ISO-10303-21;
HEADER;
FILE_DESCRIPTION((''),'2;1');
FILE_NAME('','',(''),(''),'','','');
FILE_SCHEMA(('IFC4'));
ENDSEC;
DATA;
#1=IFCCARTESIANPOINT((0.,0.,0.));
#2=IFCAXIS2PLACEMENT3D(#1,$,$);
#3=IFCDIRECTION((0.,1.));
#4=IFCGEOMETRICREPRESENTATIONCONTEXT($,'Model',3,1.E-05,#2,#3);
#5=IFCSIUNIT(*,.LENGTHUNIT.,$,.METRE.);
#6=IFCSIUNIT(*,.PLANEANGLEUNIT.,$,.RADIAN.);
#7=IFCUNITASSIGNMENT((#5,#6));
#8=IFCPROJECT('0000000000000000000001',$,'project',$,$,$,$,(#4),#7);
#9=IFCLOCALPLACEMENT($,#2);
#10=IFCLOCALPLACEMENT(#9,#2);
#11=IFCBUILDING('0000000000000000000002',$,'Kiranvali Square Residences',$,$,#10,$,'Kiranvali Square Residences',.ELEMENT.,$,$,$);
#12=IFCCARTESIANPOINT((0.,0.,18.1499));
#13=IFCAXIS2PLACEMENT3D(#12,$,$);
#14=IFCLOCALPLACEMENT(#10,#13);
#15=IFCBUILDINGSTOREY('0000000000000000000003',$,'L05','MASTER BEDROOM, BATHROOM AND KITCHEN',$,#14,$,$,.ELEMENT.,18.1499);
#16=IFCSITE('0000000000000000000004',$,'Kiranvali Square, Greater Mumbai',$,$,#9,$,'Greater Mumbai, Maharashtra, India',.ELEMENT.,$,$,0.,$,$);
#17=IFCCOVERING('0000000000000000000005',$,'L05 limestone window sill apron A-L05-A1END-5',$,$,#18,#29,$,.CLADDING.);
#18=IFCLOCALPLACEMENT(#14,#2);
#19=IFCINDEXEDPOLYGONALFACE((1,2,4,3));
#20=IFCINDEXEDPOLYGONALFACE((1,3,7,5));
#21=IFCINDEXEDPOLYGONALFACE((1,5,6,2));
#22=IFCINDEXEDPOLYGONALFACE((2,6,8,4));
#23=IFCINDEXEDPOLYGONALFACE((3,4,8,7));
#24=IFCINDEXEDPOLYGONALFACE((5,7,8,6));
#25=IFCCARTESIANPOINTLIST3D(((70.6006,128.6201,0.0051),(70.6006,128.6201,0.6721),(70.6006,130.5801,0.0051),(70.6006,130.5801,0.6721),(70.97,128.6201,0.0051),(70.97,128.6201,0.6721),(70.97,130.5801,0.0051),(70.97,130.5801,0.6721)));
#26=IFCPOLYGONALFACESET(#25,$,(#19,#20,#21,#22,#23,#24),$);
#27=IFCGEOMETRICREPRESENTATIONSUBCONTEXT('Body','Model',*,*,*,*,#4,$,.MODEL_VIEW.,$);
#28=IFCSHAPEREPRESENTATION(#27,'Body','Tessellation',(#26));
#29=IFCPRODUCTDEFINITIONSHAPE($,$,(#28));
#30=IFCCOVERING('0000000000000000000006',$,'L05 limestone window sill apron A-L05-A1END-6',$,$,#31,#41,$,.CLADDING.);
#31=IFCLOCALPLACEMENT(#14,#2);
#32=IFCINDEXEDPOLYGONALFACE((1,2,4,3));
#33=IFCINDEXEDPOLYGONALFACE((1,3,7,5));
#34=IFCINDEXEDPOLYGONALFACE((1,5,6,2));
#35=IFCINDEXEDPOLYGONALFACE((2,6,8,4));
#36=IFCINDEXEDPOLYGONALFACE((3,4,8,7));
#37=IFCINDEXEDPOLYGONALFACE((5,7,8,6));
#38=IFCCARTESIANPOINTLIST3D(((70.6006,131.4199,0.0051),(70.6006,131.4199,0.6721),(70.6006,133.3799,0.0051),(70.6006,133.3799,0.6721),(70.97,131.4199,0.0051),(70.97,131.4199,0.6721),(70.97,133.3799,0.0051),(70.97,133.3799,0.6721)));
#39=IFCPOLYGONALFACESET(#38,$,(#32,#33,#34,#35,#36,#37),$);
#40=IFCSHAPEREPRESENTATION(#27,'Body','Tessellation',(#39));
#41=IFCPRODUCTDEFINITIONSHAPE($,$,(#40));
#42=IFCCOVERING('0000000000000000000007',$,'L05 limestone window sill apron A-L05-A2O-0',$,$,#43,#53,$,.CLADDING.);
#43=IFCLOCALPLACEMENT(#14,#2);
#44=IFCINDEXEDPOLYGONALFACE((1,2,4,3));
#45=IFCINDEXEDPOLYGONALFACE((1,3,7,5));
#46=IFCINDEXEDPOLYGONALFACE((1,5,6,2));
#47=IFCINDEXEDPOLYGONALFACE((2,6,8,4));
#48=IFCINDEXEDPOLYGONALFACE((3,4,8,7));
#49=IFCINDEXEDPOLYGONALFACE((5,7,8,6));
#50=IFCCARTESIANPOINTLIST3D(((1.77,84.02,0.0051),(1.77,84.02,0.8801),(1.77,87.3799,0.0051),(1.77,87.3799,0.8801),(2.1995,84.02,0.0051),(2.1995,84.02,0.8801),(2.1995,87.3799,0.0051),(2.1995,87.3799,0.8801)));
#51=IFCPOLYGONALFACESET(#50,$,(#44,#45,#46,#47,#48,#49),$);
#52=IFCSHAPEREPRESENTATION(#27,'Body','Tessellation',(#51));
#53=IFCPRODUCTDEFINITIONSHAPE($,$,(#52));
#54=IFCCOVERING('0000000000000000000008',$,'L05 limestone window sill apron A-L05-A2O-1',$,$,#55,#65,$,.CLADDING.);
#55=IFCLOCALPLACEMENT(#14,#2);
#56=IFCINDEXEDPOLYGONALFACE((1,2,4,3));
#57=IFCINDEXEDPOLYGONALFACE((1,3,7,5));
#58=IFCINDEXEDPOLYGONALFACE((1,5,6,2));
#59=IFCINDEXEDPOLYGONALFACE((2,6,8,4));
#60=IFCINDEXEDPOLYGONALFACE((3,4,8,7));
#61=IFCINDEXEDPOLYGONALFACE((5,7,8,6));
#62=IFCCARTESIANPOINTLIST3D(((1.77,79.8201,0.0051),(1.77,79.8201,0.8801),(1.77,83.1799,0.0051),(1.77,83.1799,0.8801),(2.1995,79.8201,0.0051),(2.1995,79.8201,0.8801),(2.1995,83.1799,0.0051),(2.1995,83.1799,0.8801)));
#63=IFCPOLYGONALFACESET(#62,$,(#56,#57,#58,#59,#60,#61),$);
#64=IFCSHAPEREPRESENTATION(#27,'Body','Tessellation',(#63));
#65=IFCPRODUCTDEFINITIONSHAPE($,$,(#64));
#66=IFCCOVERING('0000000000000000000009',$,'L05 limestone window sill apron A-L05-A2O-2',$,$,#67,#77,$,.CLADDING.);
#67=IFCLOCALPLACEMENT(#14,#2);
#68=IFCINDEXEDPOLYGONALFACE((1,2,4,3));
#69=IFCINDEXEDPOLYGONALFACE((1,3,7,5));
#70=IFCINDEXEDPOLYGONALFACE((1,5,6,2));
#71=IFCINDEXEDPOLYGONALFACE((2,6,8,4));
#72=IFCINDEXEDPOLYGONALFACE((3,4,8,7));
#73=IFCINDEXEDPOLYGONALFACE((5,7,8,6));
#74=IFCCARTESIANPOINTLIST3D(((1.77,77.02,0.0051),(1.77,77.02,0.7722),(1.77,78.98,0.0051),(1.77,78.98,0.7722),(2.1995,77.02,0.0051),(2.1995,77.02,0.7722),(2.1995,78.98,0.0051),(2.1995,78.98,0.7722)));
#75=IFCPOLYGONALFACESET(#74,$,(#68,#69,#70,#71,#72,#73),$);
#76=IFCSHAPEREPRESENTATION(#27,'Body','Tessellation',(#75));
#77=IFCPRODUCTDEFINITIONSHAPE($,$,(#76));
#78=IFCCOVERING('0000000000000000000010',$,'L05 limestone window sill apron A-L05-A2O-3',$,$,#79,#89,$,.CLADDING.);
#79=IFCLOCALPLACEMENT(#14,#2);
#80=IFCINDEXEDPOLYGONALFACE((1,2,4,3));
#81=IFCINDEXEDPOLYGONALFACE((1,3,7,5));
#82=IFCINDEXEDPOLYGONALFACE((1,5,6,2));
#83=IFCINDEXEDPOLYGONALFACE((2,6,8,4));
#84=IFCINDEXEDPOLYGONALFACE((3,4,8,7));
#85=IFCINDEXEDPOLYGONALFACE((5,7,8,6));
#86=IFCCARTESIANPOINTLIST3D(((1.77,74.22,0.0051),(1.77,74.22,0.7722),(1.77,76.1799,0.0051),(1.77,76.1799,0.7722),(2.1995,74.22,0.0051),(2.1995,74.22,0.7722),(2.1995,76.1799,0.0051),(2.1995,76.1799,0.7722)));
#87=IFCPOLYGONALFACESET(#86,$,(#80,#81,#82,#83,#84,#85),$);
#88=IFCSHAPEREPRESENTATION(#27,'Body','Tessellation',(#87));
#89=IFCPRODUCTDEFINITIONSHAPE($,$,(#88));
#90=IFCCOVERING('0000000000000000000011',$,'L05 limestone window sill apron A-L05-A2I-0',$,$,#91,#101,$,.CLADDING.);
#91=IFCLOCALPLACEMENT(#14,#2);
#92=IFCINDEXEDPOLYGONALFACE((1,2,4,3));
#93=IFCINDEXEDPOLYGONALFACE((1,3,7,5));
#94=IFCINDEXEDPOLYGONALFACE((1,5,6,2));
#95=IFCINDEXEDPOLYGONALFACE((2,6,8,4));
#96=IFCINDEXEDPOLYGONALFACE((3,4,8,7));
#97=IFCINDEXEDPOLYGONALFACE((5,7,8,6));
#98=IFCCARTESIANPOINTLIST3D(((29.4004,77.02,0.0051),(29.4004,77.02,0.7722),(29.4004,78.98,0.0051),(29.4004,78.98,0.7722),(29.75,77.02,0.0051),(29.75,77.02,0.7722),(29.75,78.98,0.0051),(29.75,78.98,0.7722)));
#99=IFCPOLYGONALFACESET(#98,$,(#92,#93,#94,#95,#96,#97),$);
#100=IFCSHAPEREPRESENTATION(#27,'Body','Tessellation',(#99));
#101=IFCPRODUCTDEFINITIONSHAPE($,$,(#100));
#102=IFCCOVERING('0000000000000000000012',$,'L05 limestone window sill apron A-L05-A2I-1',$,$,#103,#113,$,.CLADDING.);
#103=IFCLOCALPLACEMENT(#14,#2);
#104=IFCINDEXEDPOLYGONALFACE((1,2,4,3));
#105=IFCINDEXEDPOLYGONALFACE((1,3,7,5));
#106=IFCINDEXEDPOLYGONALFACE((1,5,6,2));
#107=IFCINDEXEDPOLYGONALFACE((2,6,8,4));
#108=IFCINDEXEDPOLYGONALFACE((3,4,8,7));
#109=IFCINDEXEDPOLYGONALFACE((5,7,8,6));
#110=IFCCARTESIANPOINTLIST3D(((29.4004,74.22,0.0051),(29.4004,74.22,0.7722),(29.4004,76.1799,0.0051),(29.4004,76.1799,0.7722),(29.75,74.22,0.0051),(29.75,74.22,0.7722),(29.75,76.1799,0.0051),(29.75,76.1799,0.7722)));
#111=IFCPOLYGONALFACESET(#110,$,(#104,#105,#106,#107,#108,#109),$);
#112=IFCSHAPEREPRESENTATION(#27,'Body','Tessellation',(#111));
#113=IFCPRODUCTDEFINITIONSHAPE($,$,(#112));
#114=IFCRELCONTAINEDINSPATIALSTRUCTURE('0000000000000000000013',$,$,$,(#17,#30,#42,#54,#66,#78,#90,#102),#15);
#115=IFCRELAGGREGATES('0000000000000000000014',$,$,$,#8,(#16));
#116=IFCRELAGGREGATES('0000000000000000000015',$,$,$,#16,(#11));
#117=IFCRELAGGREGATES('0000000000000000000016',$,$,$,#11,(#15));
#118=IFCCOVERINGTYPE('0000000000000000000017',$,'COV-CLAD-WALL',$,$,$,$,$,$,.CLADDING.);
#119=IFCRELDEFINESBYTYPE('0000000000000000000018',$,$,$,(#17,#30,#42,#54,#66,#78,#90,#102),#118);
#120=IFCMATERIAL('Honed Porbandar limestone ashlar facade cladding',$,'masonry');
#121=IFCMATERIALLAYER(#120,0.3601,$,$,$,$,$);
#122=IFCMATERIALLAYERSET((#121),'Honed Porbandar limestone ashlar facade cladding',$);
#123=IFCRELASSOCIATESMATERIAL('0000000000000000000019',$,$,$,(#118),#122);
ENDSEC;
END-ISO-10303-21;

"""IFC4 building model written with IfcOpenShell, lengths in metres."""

from ifc_helpers import new_model, si_unit, direction, frame, origin, place, context, subcontext, project, spatial, polyline, outline, extrude, material, layer, layer_set, type_object, element, save


model = new_model("IFC4")

# Units and contexts
model_context = context("Model", 3, precision=1e-05, world=origin(), true_north=direction((0.0, 1.0)))
body_context = subcontext(model_context, "Body", "Model", "MODEL_VIEW")
ifc_project = project(units=[si_unit("LENGTHUNIT", "METRE"), si_unit("PLANEANGLEUNIT", "RADIAN")], contexts=[model_context])

# Site, building, storey
site_placement = place(None, origin())
site = spatial("IfcSite", under=ifc_project, at=site_placement, Name="Kiranvali Square, Greater Mumbai", LongName="Greater Mumbai, Maharashtra, India", CompositionType="ELEMENT", RefElevation=0.0)
building_placement = place(site_placement, origin())
building = spatial("IfcBuilding", under=site, at=building_placement, Name="Kiranvali Square Residences", LongName="Kiranvali Square Residences", CompositionType="ELEMENT")
storey_placement = place(building_placement, frame((0.0, 0.0, 18.1499)))
storey = spatial("IfcBuildingStorey", under=building, at=storey_placement, Name="L05", Description="MASTER BEDROOM, BATHROOM AND KITCHEN", CompositionType="ELEMENT", Elevation=18.1499)

# Coverings
ifc_material = material(Name="Honed Porbandar limestone ashlar facade cladding", Category="masonry")
ifc_layer_1 = layer(ifc_material, 0.3601)
ifc_layer_set_1 = layer_set([ifc_layer_1], Name="Honed Porbandar limestone ashlar facade cladding")
covering_type_1 = type_object("IfcCoveringType", Name="COV-CLAD-WALL", PredefinedType="CLADDING", material=ifc_layer_set_1)
covering_1_placement = place(storey_placement, frame((0.0, 0.0, 0.0051)))
element("IfcCovering", 1, at=covering_1_placement, inside=storey, type_object=covering_type_1, Name="L05 limestone window sill apron A-L05-A1END-5", PredefinedType="CLADDING", context=body_context, shape_type="SweptSolid", body=[
    extrude(outline(polyline([(70.97, 128.6201), (70.97, 130.5801), (70.6006, 130.5801), (70.6006, 128.6201), (70.97, 128.6201)])), origin(), (0.0, 0.0, 1.0), 0.667),
])
covering_2_placement = place(storey_placement, frame((0.0, 0.0, 0.0051)))
element("IfcCovering", 2, at=covering_2_placement, inside=storey, type_object=covering_type_1, Name="L05 limestone window sill apron A-L05-A1END-6", PredefinedType="CLADDING", context=body_context, shape_type="SweptSolid", body=[
    extrude(outline(polyline([(70.97, 131.4199), (70.97, 133.3799), (70.6006, 133.3799), (70.6006, 131.4199), (70.97, 131.4199)])), origin(), (0.0, 0.0, 1.0), 0.667),
])
covering_3_placement = place(storey_placement, frame((0.0, 0.0, 0.0051)))
element("IfcCovering", 3, at=covering_3_placement, inside=storey, type_object=covering_type_1, Name="L05 limestone window sill apron A-L05-A2O-0", PredefinedType="CLADDING", context=body_context, shape_type="SweptSolid", body=[
    extrude(outline(polyline([(1.77, 87.3799), (1.77, 84.02), (2.1995, 84.02), (2.1995, 87.3799), (1.77, 87.3799)])), origin(), (0.0, 0.0, 1.0), 0.875),
])
covering_4_placement = place(storey_placement, frame((0.0, 0.0, 0.0051)))
element("IfcCovering", 4, at=covering_4_placement, inside=storey, type_object=covering_type_1, Name="L05 limestone window sill apron A-L05-A2O-1", PredefinedType="CLADDING", context=body_context, shape_type="SweptSolid", body=[
    extrude(outline(polyline([(1.77, 83.1799), (1.77, 79.8201), (2.1995, 79.8201), (2.1995, 83.1799), (1.77, 83.1799)])), origin(), (0.0, 0.0, 1.0), 0.875),
])
covering_5_placement = place(storey_placement, frame((0.0, 0.0, 0.0051)))
element("IfcCovering", 5, at=covering_5_placement, inside=storey, type_object=covering_type_1, Name="L05 limestone window sill apron A-L05-A2O-2", PredefinedType="CLADDING", context=body_context, shape_type="SweptSolid", body=[
    extrude(outline(polyline([(1.77, 78.98), (1.77, 77.02), (2.1995, 77.02), (2.1995, 78.98), (1.77, 78.98)])), origin(), (0.0, 0.0, 1.0), 0.7671),
])
covering_6_placement = place(storey_placement, frame((0.0, 0.0, 0.0051)))
element("IfcCovering", 6, at=covering_6_placement, inside=storey, type_object=covering_type_1, Name="L05 limestone window sill apron A-L05-A2O-3", PredefinedType="CLADDING", context=body_context, shape_type="SweptSolid", body=[
    extrude(outline(polyline([(1.77, 76.1799), (1.77, 74.22), (2.1995, 74.22), (2.1995, 76.1799), (1.77, 76.1799)])), origin(), (0.0, 0.0, 1.0), 0.7671),
])
covering_7_placement = place(storey_placement, frame((0.0, 0.0, 0.0051)))
element("IfcCovering", 7, at=covering_7_placement, inside=storey, type_object=covering_type_1, Name="L05 limestone window sill apron A-L05-A2I-0", PredefinedType="CLADDING", context=body_context, shape_type="SweptSolid", body=[
    extrude(outline(polyline([(29.4004, 78.98), (29.4004, 77.02), (29.75, 77.02), (29.75, 78.98), (29.4004, 78.98)])), origin(), (0.0, 0.0, 1.0), 0.7671),
])
covering_8_placement = place(storey_placement, frame((0.0, 0.0, 0.0051)))
element("IfcCovering", 8, at=covering_8_placement, inside=storey, type_object=covering_type_1, Name="L05 limestone window sill apron A-L05-A2I-1", PredefinedType="CLADDING", context=body_context, shape_type="SweptSolid", body=[
    extrude(outline(polyline([(29.4004, 76.1799), (29.4004, 74.22), (29.75, 74.22), (29.75, 76.1799), (29.4004, 76.1799)])), origin(), (0.0, 0.0, 1.0), 0.7671),
])

save(model, "model.ifc")
